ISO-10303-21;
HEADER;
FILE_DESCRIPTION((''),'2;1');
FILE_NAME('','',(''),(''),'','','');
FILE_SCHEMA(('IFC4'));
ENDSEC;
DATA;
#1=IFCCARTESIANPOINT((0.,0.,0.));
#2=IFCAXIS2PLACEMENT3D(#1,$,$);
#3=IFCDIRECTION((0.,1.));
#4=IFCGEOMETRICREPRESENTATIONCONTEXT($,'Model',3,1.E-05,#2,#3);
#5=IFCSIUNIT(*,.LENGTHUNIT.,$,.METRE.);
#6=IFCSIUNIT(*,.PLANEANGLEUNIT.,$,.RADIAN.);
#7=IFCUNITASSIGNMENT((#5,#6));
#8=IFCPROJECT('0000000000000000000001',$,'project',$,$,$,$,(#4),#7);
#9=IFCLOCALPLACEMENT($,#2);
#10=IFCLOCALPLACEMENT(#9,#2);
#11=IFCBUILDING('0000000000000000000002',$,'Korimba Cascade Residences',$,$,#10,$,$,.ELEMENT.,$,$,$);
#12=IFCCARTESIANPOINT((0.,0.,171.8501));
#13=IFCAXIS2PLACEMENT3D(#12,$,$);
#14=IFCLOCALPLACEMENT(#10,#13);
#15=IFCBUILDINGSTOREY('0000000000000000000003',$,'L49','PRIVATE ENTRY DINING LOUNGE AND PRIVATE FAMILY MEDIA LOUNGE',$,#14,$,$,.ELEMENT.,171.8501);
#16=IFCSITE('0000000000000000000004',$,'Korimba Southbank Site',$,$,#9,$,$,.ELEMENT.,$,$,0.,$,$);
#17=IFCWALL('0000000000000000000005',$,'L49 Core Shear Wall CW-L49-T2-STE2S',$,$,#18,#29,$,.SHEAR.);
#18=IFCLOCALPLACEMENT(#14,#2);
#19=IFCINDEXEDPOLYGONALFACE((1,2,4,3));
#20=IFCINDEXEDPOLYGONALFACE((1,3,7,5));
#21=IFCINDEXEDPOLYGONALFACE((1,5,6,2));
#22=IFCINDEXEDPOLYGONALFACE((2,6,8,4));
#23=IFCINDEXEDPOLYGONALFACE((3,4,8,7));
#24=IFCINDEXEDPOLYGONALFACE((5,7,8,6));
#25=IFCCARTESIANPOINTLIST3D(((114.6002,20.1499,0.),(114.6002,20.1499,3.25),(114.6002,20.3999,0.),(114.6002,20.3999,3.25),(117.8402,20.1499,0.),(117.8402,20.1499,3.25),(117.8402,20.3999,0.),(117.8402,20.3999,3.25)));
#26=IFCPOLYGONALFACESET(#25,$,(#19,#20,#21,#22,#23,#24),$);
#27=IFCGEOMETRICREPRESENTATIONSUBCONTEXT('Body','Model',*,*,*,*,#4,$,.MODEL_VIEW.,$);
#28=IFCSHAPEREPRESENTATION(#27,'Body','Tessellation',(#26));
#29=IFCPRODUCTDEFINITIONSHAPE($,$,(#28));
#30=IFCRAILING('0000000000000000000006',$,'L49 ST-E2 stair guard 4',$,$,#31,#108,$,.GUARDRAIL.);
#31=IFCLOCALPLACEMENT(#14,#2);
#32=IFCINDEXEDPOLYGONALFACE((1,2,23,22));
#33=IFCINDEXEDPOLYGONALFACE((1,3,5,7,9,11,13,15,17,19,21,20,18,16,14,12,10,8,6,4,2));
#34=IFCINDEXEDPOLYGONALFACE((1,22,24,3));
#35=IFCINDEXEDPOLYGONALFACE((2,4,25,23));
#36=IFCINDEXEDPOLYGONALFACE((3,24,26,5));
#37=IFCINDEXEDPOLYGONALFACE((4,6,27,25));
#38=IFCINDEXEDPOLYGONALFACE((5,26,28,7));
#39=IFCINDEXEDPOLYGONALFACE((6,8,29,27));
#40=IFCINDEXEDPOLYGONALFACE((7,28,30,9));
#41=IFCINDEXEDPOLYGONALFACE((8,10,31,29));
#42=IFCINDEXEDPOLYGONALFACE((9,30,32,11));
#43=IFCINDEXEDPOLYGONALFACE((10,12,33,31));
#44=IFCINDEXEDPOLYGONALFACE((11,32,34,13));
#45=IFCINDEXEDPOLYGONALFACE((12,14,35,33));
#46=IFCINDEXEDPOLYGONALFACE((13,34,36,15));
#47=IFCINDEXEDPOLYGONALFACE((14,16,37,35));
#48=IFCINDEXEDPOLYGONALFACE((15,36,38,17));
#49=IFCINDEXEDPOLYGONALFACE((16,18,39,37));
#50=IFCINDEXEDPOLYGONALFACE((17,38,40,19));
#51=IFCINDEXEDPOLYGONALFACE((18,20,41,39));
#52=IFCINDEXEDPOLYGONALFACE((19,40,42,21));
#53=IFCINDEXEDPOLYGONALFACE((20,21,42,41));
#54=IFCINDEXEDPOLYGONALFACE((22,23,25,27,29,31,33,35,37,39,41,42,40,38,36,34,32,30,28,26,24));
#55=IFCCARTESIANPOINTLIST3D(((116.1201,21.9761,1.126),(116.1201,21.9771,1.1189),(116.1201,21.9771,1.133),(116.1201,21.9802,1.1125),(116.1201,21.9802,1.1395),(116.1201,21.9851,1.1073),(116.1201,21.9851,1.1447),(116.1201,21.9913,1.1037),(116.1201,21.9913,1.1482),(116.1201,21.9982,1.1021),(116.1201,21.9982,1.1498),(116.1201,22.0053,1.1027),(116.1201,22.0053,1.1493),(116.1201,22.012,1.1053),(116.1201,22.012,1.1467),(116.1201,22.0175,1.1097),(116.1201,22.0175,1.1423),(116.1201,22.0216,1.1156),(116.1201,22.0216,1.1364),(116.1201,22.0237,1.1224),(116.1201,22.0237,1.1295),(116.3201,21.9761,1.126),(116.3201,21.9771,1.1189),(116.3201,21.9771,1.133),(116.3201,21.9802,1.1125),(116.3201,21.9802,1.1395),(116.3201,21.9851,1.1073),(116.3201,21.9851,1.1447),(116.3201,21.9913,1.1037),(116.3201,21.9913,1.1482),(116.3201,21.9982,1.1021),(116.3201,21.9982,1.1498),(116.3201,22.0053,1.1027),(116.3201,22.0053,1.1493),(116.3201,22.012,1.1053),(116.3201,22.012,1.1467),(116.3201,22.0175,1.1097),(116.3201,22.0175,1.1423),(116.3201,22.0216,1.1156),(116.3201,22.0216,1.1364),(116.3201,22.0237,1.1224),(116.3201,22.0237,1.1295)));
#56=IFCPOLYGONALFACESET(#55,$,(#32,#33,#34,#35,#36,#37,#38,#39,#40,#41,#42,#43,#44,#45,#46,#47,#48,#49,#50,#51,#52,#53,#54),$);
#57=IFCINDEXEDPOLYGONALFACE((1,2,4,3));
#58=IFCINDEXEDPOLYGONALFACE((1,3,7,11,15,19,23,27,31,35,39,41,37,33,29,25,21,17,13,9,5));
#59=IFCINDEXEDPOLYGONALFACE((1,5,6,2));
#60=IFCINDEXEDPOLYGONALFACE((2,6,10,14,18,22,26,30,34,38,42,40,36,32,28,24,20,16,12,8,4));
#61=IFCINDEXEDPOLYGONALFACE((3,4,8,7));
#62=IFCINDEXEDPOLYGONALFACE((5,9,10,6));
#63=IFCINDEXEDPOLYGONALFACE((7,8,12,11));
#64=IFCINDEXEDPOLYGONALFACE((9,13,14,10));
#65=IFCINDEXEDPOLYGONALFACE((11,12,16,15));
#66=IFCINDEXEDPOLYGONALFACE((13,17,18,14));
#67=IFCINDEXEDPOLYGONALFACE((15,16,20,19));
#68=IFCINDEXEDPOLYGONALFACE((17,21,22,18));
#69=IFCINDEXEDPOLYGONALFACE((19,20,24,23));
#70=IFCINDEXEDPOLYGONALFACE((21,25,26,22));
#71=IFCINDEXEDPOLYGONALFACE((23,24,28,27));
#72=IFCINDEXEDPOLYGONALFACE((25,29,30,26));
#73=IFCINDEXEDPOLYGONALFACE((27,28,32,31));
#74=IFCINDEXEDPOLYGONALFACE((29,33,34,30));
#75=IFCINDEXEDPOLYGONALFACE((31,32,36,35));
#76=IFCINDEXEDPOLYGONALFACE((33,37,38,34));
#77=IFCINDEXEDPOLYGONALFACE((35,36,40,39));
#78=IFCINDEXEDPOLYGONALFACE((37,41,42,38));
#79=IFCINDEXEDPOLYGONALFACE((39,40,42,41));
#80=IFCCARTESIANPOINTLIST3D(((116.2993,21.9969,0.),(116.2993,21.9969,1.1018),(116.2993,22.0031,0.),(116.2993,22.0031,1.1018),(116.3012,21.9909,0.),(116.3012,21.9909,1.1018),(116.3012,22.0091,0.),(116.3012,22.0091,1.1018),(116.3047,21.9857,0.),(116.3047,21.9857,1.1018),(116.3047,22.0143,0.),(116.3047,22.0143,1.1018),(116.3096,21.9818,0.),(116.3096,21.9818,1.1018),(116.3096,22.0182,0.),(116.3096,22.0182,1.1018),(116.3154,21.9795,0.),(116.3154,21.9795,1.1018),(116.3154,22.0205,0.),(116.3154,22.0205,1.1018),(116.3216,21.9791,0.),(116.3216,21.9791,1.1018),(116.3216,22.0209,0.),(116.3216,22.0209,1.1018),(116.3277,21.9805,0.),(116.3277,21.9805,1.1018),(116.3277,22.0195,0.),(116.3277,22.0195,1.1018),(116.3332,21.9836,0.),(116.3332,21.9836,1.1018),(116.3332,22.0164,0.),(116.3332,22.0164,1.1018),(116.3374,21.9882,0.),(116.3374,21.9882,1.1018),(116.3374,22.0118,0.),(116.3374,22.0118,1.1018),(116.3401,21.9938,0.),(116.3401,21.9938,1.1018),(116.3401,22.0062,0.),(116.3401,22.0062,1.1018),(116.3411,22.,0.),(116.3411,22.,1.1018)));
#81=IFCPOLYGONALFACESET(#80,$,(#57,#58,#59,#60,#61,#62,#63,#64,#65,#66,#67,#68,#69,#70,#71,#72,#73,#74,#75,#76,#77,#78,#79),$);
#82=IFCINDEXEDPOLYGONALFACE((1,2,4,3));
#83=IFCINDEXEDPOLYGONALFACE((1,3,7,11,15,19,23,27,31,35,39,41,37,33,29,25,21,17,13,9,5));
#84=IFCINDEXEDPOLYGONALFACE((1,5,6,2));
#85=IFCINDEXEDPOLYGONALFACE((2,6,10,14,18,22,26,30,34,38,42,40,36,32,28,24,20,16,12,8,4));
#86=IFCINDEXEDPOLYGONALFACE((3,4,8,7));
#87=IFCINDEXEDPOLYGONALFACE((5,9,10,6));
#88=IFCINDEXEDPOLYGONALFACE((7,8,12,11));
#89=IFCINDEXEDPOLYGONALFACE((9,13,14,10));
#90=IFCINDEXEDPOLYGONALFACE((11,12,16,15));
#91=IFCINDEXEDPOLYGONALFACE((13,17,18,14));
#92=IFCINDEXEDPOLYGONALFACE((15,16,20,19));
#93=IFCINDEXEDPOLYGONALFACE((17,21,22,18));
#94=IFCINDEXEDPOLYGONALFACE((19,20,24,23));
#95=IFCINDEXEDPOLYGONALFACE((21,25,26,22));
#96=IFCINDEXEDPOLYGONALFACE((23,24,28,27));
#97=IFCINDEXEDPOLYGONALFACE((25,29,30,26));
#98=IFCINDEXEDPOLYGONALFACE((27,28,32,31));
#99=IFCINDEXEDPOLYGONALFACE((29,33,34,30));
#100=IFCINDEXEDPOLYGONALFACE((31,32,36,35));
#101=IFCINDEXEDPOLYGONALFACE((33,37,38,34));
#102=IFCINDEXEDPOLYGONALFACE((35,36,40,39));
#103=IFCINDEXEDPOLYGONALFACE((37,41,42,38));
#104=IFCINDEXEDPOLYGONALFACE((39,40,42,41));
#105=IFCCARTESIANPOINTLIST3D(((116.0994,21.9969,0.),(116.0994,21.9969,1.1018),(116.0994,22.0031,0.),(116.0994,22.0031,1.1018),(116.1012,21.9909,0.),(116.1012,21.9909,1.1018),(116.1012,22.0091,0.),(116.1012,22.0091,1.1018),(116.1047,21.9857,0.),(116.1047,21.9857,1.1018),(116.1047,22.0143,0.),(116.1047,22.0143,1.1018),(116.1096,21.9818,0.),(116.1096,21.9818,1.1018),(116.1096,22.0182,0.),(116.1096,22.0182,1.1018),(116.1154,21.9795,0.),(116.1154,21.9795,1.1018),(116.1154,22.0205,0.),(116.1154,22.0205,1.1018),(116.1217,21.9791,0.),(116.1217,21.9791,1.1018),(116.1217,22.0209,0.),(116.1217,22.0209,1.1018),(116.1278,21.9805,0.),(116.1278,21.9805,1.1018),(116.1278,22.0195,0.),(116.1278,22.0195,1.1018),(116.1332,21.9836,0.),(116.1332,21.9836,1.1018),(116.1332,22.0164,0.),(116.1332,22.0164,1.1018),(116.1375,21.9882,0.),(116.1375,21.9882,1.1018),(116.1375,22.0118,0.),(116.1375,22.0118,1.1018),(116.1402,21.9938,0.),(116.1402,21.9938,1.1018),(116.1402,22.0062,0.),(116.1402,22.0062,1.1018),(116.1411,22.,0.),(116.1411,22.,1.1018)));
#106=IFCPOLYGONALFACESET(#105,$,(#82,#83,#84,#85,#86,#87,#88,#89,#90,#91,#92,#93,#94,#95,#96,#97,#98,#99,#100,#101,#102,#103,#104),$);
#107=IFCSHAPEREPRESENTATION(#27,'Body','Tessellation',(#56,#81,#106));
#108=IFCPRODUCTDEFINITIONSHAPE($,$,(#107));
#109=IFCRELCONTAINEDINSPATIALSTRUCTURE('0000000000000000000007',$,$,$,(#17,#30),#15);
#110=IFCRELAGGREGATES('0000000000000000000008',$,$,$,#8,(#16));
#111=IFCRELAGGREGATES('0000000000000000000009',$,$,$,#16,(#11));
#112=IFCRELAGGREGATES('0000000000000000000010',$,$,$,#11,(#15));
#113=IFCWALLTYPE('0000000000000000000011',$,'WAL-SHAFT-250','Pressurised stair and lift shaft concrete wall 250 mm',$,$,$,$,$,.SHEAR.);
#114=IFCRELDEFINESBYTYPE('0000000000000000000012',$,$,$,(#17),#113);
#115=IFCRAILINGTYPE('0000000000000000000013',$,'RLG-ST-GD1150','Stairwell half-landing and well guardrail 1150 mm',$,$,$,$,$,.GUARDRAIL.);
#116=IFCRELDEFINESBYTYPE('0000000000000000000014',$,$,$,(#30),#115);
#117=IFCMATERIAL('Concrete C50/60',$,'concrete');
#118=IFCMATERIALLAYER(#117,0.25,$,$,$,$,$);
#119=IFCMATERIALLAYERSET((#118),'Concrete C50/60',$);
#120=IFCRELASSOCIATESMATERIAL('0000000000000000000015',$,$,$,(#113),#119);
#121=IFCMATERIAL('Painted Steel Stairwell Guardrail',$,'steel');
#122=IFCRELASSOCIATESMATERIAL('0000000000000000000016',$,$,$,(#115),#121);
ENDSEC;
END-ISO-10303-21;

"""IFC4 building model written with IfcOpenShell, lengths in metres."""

from ifc_helpers import new_model, si_unit, direction, frame, frame_2d, origin, origin_2d, place, context, subcontext, project, spatial, rectangle, circle, extrude, material, layer, layer_set, type_object, element, save


model = new_model("IFC4")

# Units and contexts
model_context = context("Model", 3, precision=1e-05, world=origin(), true_north=direction((0.0, 1.0)))
body_context = subcontext(model_context, "Body", "Model", "MODEL_VIEW")
ifc_project = project(units=[si_unit("LENGTHUNIT", "METRE"), si_unit("PLANEANGLEUNIT", "RADIAN")], contexts=[model_context])

# Site, building, storey
site_placement = place(None, origin())
site = spatial("IfcSite", under=ifc_project, at=site_placement, Name="Korimba Southbank Site", CompositionType="ELEMENT", RefElevation=0.0)
building_placement = place(site_placement, origin())
building = spatial("IfcBuilding", under=site, at=building_placement, Name="Korimba Cascade Residences", CompositionType="ELEMENT")
storey_placement = place(building_placement, frame((0.0, 0.0, 171.8501)))
storey = spatial("IfcBuildingStorey", under=building, at=storey_placement, Name="L49", Description="PRIVATE ENTRY DINING LOUNGE AND PRIVATE FAMILY MEDIA LOUNGE", CompositionType="ELEMENT", Elevation=171.8501)

# Shared definitions
ifc_material_1 = material(Name="Concrete C50/60", Category="concrete")

# Shared definitions
ifc_layer_1 = layer(ifc_material_1, 0.25)
ifc_layer_set_1 = layer_set([ifc_layer_1], Name="Concrete C50/60")
wall_type_1 = type_object("IfcWallType", Name="WAL-SHAFT-250", Description="Pressurised stair and lift shaft concrete wall 250 mm", PredefinedType="SHEAR", material=ifc_layer_set_1)

# Wall
wall_1_placement = place(storey_placement, frame((114.6001, 20.2749, 0.0), z_axis=(0.0, 0.0, 1.0), x_axis=(1.0, 0.0, 0.0)))
element("IfcWall", 1, at=wall_1_placement, inside=storey, type_object=wall_type_1, Name="L49 Core Shear Wall CW-L49-T2-STE2S", PredefinedType="SHEAR", context=body_context, shape_type="SweptSolid", body=[
    extrude(rectangle(XDim=3.24, YDim=0.25, at=frame_2d((1.6201, 0.0))), origin(), (0.0, 0.0, 1.0), 3.25),
])

# Railing
ifc_material_2 = material(Name="Painted Steel Stairwell Guardrail", Category="steel")
railing_type = type_object("IfcRailingType", Name="RLG-ST-GD1150", Description="Stairwell half-landing and well guardrail 1150 mm", PredefinedType="GUARDRAIL", material=ifc_material_2)
railing_placement = place(storey_placement, frame((116.3201, 22.0, 0.0)))
element("IfcRailing", 2, at=railing_placement, inside=storey, type_object=railing_type, Name="L49 ST-E2 stair guard 4", PredefinedType="GUARDRAIL", context=body_context, shape_type="SweptSolid", body=[
    extrude(circle(Radius=0.0239, at=origin_2d()), frame((0.0, 0.0, 1.126), z_axis=(-1.0, 0.0, 0.0), x_axis=(0.0, -1.0, 0.0)), (0.0, 0.0, 1.0), 0.2),
    extrude(circle(Radius=0.021, at=origin_2d()), origin(), (0.0, 0.0, 1.0), 1.1018),
    extrude(circle(Radius=0.021, at=origin_2d()), frame((-0.2, 0.0, 0.0)), (0.0, 0.0, 1.0), 1.1018),
])

save(model, "model.ifc")
